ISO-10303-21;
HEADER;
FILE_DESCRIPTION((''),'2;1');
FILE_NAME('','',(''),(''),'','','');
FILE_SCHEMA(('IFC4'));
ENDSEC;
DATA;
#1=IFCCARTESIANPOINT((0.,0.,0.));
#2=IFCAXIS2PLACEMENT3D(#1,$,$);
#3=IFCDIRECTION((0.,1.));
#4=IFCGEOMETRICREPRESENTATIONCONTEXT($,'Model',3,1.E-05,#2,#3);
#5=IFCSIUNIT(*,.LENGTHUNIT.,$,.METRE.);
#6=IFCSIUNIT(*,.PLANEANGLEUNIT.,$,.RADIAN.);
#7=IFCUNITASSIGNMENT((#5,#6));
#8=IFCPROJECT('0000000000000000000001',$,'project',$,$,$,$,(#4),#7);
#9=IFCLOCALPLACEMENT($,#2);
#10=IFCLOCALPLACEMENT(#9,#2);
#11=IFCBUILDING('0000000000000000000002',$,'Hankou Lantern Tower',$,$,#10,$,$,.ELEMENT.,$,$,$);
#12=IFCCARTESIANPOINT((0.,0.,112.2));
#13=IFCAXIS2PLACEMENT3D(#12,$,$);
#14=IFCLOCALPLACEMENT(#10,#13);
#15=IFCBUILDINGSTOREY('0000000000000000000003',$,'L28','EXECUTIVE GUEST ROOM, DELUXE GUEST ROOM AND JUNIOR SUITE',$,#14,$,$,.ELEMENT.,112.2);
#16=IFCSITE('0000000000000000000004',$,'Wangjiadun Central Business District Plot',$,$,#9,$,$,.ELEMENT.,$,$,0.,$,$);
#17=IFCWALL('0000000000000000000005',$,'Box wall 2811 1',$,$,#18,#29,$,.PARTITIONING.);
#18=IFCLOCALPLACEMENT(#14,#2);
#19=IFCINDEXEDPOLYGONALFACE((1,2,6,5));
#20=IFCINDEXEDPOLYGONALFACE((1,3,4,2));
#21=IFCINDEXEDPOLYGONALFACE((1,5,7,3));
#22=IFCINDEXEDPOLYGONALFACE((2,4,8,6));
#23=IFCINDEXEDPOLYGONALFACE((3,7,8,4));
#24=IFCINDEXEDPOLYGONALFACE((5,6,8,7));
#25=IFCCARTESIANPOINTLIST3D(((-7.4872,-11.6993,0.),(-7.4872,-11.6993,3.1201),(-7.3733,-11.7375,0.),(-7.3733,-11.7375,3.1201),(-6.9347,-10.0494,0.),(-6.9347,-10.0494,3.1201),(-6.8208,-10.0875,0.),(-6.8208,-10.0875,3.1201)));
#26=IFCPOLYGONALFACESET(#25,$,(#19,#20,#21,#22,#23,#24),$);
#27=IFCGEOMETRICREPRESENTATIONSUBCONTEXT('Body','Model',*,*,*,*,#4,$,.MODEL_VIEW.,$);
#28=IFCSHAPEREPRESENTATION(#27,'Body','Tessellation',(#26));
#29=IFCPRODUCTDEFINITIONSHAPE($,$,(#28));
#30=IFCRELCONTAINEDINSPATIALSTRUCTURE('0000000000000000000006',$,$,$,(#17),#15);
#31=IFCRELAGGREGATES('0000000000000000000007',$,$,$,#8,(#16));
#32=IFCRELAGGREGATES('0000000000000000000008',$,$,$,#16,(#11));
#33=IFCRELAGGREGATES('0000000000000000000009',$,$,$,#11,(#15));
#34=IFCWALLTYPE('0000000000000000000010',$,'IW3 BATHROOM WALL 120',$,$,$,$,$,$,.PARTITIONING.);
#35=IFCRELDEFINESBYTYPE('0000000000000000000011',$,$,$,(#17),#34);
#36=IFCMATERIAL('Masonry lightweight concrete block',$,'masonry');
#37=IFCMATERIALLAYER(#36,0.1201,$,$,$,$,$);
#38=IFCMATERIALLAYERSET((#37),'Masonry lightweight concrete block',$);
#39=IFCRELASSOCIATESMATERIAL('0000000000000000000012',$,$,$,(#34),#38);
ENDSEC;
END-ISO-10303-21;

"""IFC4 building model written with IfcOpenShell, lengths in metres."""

from ifc_helpers import new_model, si_unit, direction, frame, frame_2d, origin, place, context, subcontext, project, spatial, rectangle, extrude, material, layer, layer_set, type_object, element, save


model = new_model("IFC4")

# Units and contexts
model_context = context("Model", 3, precision=1e-05, world=origin(), true_north=direction((0.0, 1.0)))
body_context = subcontext(model_context, "Body", "Model", "MODEL_VIEW")
ifc_project = project(units=[si_unit("LENGTHUNIT", "METRE"), si_unit("PLANEANGLEUNIT", "RADIAN")], contexts=[model_context])

# Site, building, storey
site_placement = place(None, origin())
site = spatial("IfcSite", under=ifc_project, at=site_placement, Name="Wangjiadun Central Business District Plot", CompositionType="ELEMENT", RefElevation=0.0)
building_placement = place(site_placement, origin())
building = spatial("IfcBuilding", under=site, at=building_placement, Name="Hankou Lantern Tower", CompositionType="ELEMENT")
storey_placement = place(building_placement, frame((0.0, 0.0, 112.2)))
storey = spatial("IfcBuildingStorey", under=building, at=storey_placement, Name="L28", Description="EXECUTIVE GUEST ROOM, DELUXE GUEST ROOM AND JUNIOR SUITE", CompositionType="ELEMENT", Elevation=112.2)

# Shared definitions
ifc_material_1 = material(Name="Masonry lightweight concrete block", Category="masonry")
ifc_layer_1 = layer(ifc_material_1, 0.1201)
ifc_layer_set_1 = layer_set([ifc_layer_1], Name="Masonry lightweight concrete block")
wall_type_1 = type_object("IfcWallType", Name="IW3 BATHROOM WALL 120", PredefinedType="PARTITIONING", material=ifc_layer_set_1)

# Wall
wall_1_placement = place(storey_placement, frame((-6.8777, -10.0684, 0.0), z_axis=(0.0, 0.0, 1.0), x_axis=(-0.317532, -0.948247, 0.0)))
element("IfcWall", 1, at=wall_1_placement, inside=storey, type_object=wall_type_1, Name="Box wall 2811 1", PredefinedType="PARTITIONING", context=body_context, shape_type="SweptSolid", body=[
    extrude(rectangle(XDim=1.74, YDim=0.1201, at=frame_2d((0.8701, 0.0))), origin(), (0.0, 0.0, 1.0), 3.1201),
])

save(model, "model.ifc")
